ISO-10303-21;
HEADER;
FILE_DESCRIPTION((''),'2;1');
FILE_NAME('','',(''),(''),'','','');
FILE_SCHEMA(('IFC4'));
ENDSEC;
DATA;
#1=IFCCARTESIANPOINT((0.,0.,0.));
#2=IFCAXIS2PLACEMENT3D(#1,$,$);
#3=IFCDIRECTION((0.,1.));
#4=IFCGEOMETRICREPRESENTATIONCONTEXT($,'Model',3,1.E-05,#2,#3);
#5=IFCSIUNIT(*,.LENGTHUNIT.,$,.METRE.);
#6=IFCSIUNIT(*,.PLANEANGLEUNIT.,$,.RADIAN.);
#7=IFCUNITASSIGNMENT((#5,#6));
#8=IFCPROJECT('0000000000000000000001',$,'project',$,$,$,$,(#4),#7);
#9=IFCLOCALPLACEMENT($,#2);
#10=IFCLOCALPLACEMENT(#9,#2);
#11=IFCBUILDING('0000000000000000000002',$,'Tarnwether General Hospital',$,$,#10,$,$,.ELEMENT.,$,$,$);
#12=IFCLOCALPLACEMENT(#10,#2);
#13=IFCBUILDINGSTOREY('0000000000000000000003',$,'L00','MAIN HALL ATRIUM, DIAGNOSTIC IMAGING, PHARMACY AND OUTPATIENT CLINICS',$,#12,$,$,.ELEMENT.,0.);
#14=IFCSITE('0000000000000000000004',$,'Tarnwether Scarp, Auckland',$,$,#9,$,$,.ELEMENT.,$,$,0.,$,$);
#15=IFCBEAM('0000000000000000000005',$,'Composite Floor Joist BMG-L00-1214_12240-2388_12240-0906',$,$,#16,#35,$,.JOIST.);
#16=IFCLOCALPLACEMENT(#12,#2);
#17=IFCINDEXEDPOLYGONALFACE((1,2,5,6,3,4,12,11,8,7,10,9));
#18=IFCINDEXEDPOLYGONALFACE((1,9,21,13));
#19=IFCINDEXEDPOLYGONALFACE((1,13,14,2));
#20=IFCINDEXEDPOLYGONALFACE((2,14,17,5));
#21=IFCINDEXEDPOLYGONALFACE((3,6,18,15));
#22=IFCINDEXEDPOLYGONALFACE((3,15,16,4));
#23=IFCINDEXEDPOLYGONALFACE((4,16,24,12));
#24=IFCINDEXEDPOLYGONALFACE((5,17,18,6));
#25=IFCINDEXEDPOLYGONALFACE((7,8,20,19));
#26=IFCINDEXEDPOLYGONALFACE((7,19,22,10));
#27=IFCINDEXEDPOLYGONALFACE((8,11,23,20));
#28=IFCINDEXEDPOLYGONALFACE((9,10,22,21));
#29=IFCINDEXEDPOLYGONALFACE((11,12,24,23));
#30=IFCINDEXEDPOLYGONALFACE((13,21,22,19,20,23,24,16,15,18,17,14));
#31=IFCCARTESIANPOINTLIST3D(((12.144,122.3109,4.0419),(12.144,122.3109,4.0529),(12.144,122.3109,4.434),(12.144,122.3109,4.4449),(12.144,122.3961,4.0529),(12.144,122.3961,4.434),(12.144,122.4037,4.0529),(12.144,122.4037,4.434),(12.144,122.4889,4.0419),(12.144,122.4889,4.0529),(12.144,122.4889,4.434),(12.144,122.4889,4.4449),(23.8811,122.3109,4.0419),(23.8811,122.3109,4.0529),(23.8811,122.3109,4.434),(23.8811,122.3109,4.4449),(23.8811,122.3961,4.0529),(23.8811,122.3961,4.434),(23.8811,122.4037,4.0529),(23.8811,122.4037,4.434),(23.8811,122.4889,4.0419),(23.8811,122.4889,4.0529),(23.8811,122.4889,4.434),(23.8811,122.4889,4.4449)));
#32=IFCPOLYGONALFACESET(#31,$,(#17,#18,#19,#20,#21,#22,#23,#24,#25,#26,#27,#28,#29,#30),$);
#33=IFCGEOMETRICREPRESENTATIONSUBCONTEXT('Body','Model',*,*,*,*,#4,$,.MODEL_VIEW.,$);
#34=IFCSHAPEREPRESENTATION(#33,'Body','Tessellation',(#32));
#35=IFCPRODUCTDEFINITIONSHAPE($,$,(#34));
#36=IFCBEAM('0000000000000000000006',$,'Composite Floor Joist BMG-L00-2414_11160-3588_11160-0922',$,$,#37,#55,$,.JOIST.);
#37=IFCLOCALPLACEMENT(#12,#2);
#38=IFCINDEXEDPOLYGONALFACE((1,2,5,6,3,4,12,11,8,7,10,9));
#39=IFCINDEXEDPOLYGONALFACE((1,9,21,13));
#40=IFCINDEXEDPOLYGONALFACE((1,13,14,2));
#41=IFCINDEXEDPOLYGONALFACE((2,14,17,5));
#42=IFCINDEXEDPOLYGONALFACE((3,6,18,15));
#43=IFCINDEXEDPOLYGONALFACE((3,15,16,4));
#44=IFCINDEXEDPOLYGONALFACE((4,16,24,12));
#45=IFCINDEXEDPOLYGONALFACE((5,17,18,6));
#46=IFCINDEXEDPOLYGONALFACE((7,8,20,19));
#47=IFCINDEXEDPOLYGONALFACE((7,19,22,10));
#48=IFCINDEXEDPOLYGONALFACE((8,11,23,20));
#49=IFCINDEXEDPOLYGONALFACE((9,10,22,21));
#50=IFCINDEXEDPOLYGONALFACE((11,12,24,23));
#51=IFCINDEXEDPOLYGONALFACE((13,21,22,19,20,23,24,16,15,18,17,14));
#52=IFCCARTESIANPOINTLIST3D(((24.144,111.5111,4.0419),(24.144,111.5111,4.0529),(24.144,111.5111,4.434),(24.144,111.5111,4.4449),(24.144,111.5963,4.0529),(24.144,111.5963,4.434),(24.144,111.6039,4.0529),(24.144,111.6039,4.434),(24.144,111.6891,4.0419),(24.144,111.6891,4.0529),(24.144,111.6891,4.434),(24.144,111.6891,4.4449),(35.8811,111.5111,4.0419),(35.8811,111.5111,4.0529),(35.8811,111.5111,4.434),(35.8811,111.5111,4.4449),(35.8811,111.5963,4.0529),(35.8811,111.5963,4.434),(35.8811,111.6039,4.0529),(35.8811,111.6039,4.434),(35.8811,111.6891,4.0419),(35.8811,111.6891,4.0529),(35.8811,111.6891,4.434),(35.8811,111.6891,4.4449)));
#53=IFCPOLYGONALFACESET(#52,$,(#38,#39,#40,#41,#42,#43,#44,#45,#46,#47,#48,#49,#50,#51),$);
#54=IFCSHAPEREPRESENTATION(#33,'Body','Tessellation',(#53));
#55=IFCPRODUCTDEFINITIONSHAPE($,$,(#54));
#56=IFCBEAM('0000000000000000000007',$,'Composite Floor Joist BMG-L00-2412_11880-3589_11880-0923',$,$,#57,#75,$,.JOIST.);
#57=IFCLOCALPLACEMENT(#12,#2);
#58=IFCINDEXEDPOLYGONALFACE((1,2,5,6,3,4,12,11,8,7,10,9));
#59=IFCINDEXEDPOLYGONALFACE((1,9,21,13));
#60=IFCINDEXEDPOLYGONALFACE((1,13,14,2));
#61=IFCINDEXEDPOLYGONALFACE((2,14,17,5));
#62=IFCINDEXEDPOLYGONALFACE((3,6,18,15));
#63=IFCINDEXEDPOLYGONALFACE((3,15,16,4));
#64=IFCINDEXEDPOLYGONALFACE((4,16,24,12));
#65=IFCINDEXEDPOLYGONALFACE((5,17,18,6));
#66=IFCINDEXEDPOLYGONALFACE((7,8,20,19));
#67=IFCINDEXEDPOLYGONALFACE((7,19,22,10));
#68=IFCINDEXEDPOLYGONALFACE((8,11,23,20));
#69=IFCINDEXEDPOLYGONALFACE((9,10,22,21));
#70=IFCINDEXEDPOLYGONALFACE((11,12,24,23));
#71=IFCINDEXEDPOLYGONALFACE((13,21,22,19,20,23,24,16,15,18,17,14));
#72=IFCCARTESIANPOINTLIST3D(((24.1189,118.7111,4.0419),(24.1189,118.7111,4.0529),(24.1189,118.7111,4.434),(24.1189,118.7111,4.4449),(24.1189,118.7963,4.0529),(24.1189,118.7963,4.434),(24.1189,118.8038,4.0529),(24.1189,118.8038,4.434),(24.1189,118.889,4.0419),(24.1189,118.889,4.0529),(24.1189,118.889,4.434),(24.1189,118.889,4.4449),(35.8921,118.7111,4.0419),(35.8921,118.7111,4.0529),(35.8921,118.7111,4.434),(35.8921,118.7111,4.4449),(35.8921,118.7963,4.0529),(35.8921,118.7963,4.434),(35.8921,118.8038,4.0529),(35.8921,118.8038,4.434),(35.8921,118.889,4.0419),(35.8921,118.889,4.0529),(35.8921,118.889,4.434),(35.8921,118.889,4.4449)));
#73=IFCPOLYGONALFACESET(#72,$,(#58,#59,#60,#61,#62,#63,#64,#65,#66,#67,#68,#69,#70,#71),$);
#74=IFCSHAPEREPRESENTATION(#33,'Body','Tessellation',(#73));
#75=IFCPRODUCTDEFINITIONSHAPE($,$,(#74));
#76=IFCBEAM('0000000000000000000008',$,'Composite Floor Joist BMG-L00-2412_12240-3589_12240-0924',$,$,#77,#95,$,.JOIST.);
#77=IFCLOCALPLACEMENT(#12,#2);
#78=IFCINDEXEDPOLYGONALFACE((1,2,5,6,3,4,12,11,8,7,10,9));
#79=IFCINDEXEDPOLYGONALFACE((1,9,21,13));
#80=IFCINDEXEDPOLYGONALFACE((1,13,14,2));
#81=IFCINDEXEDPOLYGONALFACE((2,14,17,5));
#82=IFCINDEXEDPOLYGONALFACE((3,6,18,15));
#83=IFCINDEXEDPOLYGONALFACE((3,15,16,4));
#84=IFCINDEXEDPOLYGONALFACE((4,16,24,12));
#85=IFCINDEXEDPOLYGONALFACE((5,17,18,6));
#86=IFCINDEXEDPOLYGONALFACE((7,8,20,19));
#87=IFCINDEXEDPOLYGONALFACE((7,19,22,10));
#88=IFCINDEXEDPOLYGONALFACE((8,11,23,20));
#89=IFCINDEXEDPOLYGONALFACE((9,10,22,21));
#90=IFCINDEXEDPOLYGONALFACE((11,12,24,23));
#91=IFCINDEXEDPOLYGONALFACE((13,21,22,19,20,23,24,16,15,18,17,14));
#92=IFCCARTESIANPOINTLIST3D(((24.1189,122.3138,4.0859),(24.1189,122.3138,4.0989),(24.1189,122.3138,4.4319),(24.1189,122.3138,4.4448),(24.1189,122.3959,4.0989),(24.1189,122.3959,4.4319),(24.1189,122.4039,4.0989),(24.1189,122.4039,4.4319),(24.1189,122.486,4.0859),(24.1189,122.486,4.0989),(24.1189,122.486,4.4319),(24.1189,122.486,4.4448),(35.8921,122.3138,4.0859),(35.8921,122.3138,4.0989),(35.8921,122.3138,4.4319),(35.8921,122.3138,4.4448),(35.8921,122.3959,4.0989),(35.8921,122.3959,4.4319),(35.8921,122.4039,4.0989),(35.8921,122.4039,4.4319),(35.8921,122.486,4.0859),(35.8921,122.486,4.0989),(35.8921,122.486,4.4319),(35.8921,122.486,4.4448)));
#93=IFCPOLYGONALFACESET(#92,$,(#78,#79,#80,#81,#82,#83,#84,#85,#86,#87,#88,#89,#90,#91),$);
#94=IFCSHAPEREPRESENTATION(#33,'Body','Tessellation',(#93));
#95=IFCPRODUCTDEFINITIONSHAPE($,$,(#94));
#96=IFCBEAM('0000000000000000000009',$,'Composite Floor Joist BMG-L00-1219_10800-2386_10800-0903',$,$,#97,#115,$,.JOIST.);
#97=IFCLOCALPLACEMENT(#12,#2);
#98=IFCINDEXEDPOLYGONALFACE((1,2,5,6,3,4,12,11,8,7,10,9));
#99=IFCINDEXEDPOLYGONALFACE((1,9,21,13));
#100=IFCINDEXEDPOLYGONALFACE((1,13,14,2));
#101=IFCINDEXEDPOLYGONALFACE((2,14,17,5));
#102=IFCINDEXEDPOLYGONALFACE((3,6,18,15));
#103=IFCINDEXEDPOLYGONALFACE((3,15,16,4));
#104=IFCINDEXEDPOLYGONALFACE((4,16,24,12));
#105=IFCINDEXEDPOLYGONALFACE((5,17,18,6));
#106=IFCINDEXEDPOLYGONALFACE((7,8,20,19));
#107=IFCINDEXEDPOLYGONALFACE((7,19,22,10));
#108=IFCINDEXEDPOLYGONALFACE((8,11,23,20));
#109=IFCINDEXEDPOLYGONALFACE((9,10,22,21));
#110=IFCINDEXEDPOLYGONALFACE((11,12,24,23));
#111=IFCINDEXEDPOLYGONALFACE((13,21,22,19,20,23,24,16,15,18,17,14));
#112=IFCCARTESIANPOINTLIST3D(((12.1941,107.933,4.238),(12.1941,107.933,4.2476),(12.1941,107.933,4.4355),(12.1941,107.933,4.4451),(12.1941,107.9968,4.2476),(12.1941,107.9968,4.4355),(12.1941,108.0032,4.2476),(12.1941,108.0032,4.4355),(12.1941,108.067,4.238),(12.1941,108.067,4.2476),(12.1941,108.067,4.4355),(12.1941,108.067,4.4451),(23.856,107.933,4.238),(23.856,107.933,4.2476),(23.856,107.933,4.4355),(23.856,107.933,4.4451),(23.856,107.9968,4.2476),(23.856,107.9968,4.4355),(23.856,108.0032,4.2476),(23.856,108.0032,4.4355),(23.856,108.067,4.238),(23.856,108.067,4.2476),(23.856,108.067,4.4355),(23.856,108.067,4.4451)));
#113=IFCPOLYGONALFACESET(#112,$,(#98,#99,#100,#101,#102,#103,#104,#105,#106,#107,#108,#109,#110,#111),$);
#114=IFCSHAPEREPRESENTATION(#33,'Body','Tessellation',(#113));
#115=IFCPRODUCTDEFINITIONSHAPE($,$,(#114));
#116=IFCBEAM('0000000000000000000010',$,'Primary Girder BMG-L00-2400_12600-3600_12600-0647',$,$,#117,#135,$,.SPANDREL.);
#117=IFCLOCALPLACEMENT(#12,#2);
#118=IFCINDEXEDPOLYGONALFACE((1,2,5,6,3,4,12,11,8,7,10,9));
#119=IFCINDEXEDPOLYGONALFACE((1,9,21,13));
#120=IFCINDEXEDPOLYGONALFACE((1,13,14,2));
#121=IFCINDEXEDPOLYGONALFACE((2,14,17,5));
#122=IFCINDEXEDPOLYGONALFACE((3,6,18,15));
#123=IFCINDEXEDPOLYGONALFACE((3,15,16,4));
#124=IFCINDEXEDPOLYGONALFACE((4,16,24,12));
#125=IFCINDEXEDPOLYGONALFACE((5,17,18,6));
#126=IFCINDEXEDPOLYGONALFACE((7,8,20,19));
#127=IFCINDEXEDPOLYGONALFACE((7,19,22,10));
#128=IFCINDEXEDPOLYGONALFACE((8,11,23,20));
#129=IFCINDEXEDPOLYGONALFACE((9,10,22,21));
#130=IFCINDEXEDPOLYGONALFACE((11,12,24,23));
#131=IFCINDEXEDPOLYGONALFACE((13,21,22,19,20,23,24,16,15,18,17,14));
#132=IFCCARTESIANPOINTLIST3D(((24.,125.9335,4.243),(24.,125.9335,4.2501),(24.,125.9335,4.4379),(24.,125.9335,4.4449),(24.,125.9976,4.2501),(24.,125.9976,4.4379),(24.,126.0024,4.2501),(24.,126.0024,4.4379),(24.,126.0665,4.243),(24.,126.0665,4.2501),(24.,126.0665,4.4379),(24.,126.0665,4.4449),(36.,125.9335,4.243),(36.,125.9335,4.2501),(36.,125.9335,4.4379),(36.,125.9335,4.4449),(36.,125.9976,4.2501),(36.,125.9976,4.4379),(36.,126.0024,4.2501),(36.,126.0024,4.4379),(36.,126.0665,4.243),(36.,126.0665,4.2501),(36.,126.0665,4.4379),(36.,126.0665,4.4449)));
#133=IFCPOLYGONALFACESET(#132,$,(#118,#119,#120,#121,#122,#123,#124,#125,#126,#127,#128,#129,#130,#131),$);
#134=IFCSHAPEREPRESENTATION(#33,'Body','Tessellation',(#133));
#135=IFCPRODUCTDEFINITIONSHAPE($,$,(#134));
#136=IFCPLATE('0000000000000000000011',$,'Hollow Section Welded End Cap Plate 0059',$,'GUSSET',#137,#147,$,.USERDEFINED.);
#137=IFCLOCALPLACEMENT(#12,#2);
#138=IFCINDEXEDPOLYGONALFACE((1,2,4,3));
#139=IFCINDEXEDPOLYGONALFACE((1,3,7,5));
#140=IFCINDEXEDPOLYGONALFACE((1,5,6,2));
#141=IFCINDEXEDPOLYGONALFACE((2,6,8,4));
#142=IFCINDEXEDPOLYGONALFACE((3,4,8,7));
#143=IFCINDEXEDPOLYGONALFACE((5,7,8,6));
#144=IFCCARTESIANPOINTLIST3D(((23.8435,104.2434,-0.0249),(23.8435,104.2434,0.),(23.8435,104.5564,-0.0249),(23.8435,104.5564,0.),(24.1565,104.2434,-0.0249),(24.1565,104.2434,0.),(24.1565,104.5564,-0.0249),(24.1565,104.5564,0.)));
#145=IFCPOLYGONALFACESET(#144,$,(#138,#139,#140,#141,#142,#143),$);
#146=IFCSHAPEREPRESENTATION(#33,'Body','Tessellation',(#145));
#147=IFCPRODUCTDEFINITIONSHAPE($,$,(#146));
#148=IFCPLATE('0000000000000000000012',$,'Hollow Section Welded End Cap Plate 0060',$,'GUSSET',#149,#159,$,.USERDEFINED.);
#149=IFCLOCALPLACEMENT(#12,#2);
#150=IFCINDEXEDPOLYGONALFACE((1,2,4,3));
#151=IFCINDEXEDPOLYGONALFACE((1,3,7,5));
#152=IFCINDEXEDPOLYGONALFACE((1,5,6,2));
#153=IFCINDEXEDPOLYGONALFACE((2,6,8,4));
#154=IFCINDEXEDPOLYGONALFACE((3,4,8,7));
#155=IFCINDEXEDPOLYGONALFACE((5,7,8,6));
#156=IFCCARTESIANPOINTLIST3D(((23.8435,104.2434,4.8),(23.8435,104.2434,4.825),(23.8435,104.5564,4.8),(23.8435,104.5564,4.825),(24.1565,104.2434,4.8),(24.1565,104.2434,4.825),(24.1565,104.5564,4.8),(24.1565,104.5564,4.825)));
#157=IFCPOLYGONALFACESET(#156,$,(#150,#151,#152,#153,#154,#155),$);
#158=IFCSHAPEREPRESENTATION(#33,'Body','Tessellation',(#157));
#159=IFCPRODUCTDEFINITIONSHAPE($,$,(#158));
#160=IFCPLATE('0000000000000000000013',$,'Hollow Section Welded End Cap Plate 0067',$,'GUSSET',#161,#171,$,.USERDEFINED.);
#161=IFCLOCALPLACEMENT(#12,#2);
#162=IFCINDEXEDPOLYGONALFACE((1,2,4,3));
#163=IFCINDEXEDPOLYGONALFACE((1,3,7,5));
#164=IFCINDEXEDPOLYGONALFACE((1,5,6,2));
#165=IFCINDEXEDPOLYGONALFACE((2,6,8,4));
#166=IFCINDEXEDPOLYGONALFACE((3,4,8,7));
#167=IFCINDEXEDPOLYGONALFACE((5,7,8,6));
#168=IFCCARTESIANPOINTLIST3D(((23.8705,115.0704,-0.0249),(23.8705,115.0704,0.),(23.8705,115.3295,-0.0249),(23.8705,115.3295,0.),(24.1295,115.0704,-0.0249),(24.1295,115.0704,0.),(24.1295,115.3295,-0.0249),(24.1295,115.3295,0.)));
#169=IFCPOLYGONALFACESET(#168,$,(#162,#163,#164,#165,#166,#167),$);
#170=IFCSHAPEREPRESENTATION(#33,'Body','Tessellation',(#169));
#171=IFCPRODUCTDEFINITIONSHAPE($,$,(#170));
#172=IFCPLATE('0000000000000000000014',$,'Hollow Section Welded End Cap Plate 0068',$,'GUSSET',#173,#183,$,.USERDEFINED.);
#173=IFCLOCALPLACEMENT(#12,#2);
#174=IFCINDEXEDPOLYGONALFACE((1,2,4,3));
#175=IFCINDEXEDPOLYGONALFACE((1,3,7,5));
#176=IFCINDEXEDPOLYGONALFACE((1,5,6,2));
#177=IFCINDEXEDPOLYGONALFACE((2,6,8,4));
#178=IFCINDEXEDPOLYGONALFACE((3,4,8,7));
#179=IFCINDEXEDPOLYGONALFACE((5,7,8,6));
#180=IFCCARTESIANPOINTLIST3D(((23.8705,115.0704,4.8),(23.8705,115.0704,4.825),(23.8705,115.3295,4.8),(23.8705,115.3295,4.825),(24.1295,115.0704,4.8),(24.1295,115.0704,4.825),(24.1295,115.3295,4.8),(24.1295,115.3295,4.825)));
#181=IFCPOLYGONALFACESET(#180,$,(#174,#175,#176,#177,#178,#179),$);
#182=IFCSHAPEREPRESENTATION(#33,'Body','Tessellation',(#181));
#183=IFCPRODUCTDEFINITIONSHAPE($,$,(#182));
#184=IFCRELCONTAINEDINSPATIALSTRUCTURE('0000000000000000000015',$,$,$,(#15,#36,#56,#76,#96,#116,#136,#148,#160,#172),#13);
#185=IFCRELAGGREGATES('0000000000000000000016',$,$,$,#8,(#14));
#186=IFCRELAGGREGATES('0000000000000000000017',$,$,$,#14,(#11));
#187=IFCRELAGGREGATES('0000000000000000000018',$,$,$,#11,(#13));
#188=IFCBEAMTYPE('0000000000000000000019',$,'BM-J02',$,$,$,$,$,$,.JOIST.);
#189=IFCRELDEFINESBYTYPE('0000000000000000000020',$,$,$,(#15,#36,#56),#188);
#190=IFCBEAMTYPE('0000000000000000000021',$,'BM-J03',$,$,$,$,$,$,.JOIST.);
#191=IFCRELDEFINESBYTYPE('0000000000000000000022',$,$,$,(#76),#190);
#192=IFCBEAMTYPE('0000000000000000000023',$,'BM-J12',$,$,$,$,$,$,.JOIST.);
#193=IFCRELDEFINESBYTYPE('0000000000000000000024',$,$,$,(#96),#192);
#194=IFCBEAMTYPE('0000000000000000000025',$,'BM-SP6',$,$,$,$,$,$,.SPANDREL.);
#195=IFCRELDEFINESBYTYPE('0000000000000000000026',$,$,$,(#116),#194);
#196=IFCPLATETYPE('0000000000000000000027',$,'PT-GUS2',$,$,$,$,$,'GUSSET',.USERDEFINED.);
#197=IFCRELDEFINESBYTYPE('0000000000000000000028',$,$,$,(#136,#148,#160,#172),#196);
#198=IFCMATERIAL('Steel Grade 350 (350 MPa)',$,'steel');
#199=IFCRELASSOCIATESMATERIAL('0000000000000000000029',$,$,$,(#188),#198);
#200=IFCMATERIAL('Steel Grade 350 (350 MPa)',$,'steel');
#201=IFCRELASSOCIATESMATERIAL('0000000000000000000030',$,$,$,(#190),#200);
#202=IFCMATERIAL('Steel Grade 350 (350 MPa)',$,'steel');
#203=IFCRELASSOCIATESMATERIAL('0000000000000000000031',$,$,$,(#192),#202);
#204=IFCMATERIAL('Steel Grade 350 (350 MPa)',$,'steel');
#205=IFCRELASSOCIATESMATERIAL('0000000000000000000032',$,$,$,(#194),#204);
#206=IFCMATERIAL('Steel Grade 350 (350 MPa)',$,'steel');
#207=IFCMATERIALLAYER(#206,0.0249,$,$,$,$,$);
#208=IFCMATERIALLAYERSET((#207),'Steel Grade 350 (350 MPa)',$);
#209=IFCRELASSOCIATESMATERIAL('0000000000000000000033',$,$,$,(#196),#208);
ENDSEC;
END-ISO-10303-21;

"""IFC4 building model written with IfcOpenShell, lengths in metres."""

from ifc_helpers import new_model, si_unit, direction, frame, origin, origin_2d, place, context, subcontext, project, spatial, rectangle, i_section, extrude, material, layer, layer_set, material_profile, profile_set, type_object, element, save


model = new_model("IFC4")

# Units and contexts
model_context = context("Model", 3, precision=1e-05, world=origin(), true_north=direction((0.0, 1.0)))
body_context = subcontext(model_context, "Body", "Model", "MODEL_VIEW")
ifc_project = project(units=[si_unit("LENGTHUNIT", "METRE"), si_unit("PLANEANGLEUNIT", "RADIAN")], contexts=[model_context])

# Site, building, storey
site_placement = place(None, origin())
site = spatial("IfcSite", under=ifc_project, at=site_placement, Name="Tarnwether Scarp, Auckland", CompositionType="ELEMENT", RefElevation=0.0)
building_placement = place(site_placement, origin())
building = spatial("IfcBuilding", under=site, at=building_placement, Name="Tarnwether General Hospital", CompositionType="ELEMENT")
storey_placement = place(building_placement, origin())
storey = spatial("IfcBuildingStorey", under=building, at=storey_placement, Name="L00", Description="MAIN HALL ATRIUM, DIAGNOSTIC IMAGING, PHARMACY AND OUTPATIENT CLINICS", CompositionType="ELEMENT", Elevation=0.0)

# Beams
ifc_material_1 = material(Name="Steel Grade 350 (350 MPa)", Category="steel")
ifc_material_profile_1 = material_profile(ifc_material_1, i_section(OverallWidth=0.178, OverallDepth=0.4031, WebThickness=0.0076, FlangeThickness=0.011, at=origin_2d()), Name="410UB53.7")
ifc_profile_set_1 = profile_set([ifc_material_profile_1], Name="Steel Grade 350 (350 MPa)")
beam_type_1 = type_object("IfcBeamType", Name="BM-J02", PredefinedType="JOIST", material=ifc_profile_set_1)
for number, where, z_axis, x_axis, name in (
    (1, (12.144, 122.3999, 4.2434), (1.0, 0.0, 0.0), (0.0, 1.0, 0.0), "Composite Floor Joist BMG-L00-1214_12240-2388_12240-0906"),
    (2, (24.144, 111.6001, 4.2434), (1.0, 0.0, 0.0), (0.0, 1.0, 0.0), "Composite Floor Joist BMG-L00-2414_11160-3588_11160-0922"),
):
    element("IfcBeam", number, at=place(storey_placement, frame(where, z_axis=z_axis, x_axis=x_axis)), inside=storey, type_object=beam_type_1, Name=name, PredefinedType="JOIST", context=body_context, shape_type="SweptSolid", body=[
        extrude(i_section(OverallWidth=0.178, OverallDepth=0.4031, WebThickness=0.0076, FlangeThickness=0.011, at=origin_2d()), origin(), (0.0, 0.0, 1.0), 11.7371),
    ])
beam_1_placement = place(storey_placement, frame((24.1189, 118.8, 4.2434), z_axis=(1.0, 0.0, 0.0), x_axis=(0.0, 1.0, 0.0)))
element("IfcBeam", 3, at=beam_1_placement, inside=storey, type_object=beam_type_1, Name="Composite Floor Joist BMG-L00-2412_11880-3589_11880-0923", PredefinedType="JOIST", context=body_context, shape_type="SweptSolid", body=[
    extrude(i_section(OverallWidth=0.178, OverallDepth=0.4031, WebThickness=0.0076, FlangeThickness=0.011, at=origin_2d()), origin(), (0.0, 0.0, 1.0), 11.7732),
])
ifc_material_2 = material(Name="Steel Grade 350 (350 MPa)", Category="steel")
ifc_material_profile_2 = material_profile(ifc_material_2, i_section(OverallWidth=0.1721, OverallDepth=0.3589, WebThickness=0.0081, FlangeThickness=0.0129, at=origin_2d()), Name="360UB56.7")
ifc_profile_set_2 = profile_set([ifc_material_profile_2], Name="Steel Grade 350 (350 MPa)")
beam_type_2 = type_object("IfcBeamType", Name="BM-J03", PredefinedType="JOIST", material=ifc_profile_set_2)
beam_2_placement = place(storey_placement, frame((24.1189, 122.3999, 4.2654), z_axis=(1.0, 0.0, 0.0), x_axis=(0.0, 1.0, 0.0)))
element("IfcBeam", 4, at=beam_2_placement, inside=storey, type_object=beam_type_2, Name="Composite Floor Joist BMG-L00-2412_12240-3589_12240-0924", PredefinedType="JOIST", context=body_context, shape_type="SweptSolid", body=[
    extrude(i_section(OverallWidth=0.1721, OverallDepth=0.3589, WebThickness=0.0081, FlangeThickness=0.0129, at=origin_2d()), origin(), (0.0, 0.0, 1.0), 11.7732),
])
ifc_material_3 = material(Name="Steel Grade 350 (350 MPa)", Category="steel")
ifc_material_profile_3 = material_profile(ifc_material_3, i_section(OverallWidth=0.134, OverallDepth=0.207, WebThickness=0.0063, FlangeThickness=0.0095, at=origin_2d()), Name="200UB29.8")
ifc_profile_set_3 = profile_set([ifc_material_profile_3], Name="Steel Grade 350 (350 MPa)")
beam_type_3 = type_object("IfcBeamType", Name="BM-J12", PredefinedType="JOIST", material=ifc_profile_set_3)
beam_3_placement = place(storey_placement, frame((12.1941, 108.0, 4.3416), z_axis=(1.0, 0.0, 0.0), x_axis=(0.0, 1.0, 0.0)))
element("IfcBeam", 5, at=beam_3_placement, inside=storey, type_object=beam_type_3, Name="Composite Floor Joist BMG-L00-1219_10800-2386_10800-0903", PredefinedType="JOIST", context=body_context, shape_type="SweptSolid", body=[
    extrude(i_section(OverallWidth=0.134, OverallDepth=0.207, WebThickness=0.0063, FlangeThickness=0.0095, at=origin_2d()), origin(), (0.0, 0.0, 1.0), 11.6619),
])
ifc_material_4 = material(Name="Steel Grade 350 (350 MPa)", Category="steel")
ifc_material_profile_4 = material_profile(ifc_material_4, i_section(OverallWidth=0.1331, OverallDepth=0.2019, WebThickness=0.0049, FlangeThickness=0.0071, at=origin_2d()), Name="200UB22.3")
ifc_profile_set_4 = profile_set([ifc_material_profile_4], Name="Steel Grade 350 (350 MPa)")
beam_type_4 = type_object("IfcBeamType", Name="BM-SP6", PredefinedType="SPANDREL", material=ifc_profile_set_4)
beam_4_placement = place(storey_placement, frame((24.0, 126.0, 4.344), z_axis=(1.0, 0.0, 0.0), x_axis=(0.0, 1.0, 0.0)))
element("IfcBeam", 6, at=beam_4_placement, inside=storey, type_object=beam_type_4, Name="Primary Girder BMG-L00-2400_12600-3600_12600-0647", PredefinedType="SPANDREL", context=body_context, shape_type="SweptSolid", body=[
    extrude(i_section(OverallWidth=0.1331, OverallDepth=0.2019, WebThickness=0.0049, FlangeThickness=0.0071, at=origin_2d()), origin(), (0.0, 0.0, 1.0), 12.0),
])

# Plates
ifc_material_5 = material(Name="Steel Grade 350 (350 MPa)", Category="steel")
ifc_layer = layer(ifc_material_5, 0.0249)
ifc_layer_set = layer_set([ifc_layer], Name="Steel Grade 350 (350 MPa)")
plate_type = type_object("IfcPlateType", Name="PT-GUS2", ElementType="GUSSET", PredefinedType="USERDEFINED", material=ifc_layer_set)
for number, where, z_axis, x_axis, name in (
    (7, (24.0, 104.3999, -0.0249), (0.0, 0.0, 1.0), (1.0, 0.0, 0.0), "Hollow Section Welded End Cap Plate 0059"),
    (8, (24.0, 104.3999, 4.8), (0.0, 0.0, 1.0), (1.0, 0.0, 0.0), "Hollow Section Welded End Cap Plate 0060"),
):
    element("IfcPlate", number, at=place(storey_placement, frame(where, z_axis=z_axis, x_axis=x_axis)), inside=storey, type_object=plate_type, Name=name, ObjectType="GUSSET", PredefinedType="USERDEFINED", context=body_context, shape_type="SweptSolid", body=[
        extrude(rectangle(XDim=0.313, YDim=0.313, at=origin_2d()), origin(), (0.0, 0.0, 1.0), 0.0249),
    ])
for number, where, z_axis, x_axis, name in (
    (9, (24.0, 115.2, -0.0249), (0.0, 0.0, 1.0), (1.0, 0.0, 0.0), "Hollow Section Welded End Cap Plate 0067"),
    (10, (24.0, 115.2, 4.8), (0.0, 0.0, 1.0), (1.0, 0.0, 0.0), "Hollow Section Welded End Cap Plate 0068"),
):
    element("IfcPlate", number, at=place(storey_placement, frame(where, z_axis=z_axis, x_axis=x_axis)), inside=storey, type_object=plate_type, Name=name, ObjectType="GUSSET", PredefinedType="USERDEFINED", context=body_context, shape_type="SweptSolid", body=[
        extrude(rectangle(XDim=0.259, YDim=0.259, at=origin_2d()), origin(), (0.0, 0.0, 1.0), 0.0249),
    ])

save(model, "model.ifc")
